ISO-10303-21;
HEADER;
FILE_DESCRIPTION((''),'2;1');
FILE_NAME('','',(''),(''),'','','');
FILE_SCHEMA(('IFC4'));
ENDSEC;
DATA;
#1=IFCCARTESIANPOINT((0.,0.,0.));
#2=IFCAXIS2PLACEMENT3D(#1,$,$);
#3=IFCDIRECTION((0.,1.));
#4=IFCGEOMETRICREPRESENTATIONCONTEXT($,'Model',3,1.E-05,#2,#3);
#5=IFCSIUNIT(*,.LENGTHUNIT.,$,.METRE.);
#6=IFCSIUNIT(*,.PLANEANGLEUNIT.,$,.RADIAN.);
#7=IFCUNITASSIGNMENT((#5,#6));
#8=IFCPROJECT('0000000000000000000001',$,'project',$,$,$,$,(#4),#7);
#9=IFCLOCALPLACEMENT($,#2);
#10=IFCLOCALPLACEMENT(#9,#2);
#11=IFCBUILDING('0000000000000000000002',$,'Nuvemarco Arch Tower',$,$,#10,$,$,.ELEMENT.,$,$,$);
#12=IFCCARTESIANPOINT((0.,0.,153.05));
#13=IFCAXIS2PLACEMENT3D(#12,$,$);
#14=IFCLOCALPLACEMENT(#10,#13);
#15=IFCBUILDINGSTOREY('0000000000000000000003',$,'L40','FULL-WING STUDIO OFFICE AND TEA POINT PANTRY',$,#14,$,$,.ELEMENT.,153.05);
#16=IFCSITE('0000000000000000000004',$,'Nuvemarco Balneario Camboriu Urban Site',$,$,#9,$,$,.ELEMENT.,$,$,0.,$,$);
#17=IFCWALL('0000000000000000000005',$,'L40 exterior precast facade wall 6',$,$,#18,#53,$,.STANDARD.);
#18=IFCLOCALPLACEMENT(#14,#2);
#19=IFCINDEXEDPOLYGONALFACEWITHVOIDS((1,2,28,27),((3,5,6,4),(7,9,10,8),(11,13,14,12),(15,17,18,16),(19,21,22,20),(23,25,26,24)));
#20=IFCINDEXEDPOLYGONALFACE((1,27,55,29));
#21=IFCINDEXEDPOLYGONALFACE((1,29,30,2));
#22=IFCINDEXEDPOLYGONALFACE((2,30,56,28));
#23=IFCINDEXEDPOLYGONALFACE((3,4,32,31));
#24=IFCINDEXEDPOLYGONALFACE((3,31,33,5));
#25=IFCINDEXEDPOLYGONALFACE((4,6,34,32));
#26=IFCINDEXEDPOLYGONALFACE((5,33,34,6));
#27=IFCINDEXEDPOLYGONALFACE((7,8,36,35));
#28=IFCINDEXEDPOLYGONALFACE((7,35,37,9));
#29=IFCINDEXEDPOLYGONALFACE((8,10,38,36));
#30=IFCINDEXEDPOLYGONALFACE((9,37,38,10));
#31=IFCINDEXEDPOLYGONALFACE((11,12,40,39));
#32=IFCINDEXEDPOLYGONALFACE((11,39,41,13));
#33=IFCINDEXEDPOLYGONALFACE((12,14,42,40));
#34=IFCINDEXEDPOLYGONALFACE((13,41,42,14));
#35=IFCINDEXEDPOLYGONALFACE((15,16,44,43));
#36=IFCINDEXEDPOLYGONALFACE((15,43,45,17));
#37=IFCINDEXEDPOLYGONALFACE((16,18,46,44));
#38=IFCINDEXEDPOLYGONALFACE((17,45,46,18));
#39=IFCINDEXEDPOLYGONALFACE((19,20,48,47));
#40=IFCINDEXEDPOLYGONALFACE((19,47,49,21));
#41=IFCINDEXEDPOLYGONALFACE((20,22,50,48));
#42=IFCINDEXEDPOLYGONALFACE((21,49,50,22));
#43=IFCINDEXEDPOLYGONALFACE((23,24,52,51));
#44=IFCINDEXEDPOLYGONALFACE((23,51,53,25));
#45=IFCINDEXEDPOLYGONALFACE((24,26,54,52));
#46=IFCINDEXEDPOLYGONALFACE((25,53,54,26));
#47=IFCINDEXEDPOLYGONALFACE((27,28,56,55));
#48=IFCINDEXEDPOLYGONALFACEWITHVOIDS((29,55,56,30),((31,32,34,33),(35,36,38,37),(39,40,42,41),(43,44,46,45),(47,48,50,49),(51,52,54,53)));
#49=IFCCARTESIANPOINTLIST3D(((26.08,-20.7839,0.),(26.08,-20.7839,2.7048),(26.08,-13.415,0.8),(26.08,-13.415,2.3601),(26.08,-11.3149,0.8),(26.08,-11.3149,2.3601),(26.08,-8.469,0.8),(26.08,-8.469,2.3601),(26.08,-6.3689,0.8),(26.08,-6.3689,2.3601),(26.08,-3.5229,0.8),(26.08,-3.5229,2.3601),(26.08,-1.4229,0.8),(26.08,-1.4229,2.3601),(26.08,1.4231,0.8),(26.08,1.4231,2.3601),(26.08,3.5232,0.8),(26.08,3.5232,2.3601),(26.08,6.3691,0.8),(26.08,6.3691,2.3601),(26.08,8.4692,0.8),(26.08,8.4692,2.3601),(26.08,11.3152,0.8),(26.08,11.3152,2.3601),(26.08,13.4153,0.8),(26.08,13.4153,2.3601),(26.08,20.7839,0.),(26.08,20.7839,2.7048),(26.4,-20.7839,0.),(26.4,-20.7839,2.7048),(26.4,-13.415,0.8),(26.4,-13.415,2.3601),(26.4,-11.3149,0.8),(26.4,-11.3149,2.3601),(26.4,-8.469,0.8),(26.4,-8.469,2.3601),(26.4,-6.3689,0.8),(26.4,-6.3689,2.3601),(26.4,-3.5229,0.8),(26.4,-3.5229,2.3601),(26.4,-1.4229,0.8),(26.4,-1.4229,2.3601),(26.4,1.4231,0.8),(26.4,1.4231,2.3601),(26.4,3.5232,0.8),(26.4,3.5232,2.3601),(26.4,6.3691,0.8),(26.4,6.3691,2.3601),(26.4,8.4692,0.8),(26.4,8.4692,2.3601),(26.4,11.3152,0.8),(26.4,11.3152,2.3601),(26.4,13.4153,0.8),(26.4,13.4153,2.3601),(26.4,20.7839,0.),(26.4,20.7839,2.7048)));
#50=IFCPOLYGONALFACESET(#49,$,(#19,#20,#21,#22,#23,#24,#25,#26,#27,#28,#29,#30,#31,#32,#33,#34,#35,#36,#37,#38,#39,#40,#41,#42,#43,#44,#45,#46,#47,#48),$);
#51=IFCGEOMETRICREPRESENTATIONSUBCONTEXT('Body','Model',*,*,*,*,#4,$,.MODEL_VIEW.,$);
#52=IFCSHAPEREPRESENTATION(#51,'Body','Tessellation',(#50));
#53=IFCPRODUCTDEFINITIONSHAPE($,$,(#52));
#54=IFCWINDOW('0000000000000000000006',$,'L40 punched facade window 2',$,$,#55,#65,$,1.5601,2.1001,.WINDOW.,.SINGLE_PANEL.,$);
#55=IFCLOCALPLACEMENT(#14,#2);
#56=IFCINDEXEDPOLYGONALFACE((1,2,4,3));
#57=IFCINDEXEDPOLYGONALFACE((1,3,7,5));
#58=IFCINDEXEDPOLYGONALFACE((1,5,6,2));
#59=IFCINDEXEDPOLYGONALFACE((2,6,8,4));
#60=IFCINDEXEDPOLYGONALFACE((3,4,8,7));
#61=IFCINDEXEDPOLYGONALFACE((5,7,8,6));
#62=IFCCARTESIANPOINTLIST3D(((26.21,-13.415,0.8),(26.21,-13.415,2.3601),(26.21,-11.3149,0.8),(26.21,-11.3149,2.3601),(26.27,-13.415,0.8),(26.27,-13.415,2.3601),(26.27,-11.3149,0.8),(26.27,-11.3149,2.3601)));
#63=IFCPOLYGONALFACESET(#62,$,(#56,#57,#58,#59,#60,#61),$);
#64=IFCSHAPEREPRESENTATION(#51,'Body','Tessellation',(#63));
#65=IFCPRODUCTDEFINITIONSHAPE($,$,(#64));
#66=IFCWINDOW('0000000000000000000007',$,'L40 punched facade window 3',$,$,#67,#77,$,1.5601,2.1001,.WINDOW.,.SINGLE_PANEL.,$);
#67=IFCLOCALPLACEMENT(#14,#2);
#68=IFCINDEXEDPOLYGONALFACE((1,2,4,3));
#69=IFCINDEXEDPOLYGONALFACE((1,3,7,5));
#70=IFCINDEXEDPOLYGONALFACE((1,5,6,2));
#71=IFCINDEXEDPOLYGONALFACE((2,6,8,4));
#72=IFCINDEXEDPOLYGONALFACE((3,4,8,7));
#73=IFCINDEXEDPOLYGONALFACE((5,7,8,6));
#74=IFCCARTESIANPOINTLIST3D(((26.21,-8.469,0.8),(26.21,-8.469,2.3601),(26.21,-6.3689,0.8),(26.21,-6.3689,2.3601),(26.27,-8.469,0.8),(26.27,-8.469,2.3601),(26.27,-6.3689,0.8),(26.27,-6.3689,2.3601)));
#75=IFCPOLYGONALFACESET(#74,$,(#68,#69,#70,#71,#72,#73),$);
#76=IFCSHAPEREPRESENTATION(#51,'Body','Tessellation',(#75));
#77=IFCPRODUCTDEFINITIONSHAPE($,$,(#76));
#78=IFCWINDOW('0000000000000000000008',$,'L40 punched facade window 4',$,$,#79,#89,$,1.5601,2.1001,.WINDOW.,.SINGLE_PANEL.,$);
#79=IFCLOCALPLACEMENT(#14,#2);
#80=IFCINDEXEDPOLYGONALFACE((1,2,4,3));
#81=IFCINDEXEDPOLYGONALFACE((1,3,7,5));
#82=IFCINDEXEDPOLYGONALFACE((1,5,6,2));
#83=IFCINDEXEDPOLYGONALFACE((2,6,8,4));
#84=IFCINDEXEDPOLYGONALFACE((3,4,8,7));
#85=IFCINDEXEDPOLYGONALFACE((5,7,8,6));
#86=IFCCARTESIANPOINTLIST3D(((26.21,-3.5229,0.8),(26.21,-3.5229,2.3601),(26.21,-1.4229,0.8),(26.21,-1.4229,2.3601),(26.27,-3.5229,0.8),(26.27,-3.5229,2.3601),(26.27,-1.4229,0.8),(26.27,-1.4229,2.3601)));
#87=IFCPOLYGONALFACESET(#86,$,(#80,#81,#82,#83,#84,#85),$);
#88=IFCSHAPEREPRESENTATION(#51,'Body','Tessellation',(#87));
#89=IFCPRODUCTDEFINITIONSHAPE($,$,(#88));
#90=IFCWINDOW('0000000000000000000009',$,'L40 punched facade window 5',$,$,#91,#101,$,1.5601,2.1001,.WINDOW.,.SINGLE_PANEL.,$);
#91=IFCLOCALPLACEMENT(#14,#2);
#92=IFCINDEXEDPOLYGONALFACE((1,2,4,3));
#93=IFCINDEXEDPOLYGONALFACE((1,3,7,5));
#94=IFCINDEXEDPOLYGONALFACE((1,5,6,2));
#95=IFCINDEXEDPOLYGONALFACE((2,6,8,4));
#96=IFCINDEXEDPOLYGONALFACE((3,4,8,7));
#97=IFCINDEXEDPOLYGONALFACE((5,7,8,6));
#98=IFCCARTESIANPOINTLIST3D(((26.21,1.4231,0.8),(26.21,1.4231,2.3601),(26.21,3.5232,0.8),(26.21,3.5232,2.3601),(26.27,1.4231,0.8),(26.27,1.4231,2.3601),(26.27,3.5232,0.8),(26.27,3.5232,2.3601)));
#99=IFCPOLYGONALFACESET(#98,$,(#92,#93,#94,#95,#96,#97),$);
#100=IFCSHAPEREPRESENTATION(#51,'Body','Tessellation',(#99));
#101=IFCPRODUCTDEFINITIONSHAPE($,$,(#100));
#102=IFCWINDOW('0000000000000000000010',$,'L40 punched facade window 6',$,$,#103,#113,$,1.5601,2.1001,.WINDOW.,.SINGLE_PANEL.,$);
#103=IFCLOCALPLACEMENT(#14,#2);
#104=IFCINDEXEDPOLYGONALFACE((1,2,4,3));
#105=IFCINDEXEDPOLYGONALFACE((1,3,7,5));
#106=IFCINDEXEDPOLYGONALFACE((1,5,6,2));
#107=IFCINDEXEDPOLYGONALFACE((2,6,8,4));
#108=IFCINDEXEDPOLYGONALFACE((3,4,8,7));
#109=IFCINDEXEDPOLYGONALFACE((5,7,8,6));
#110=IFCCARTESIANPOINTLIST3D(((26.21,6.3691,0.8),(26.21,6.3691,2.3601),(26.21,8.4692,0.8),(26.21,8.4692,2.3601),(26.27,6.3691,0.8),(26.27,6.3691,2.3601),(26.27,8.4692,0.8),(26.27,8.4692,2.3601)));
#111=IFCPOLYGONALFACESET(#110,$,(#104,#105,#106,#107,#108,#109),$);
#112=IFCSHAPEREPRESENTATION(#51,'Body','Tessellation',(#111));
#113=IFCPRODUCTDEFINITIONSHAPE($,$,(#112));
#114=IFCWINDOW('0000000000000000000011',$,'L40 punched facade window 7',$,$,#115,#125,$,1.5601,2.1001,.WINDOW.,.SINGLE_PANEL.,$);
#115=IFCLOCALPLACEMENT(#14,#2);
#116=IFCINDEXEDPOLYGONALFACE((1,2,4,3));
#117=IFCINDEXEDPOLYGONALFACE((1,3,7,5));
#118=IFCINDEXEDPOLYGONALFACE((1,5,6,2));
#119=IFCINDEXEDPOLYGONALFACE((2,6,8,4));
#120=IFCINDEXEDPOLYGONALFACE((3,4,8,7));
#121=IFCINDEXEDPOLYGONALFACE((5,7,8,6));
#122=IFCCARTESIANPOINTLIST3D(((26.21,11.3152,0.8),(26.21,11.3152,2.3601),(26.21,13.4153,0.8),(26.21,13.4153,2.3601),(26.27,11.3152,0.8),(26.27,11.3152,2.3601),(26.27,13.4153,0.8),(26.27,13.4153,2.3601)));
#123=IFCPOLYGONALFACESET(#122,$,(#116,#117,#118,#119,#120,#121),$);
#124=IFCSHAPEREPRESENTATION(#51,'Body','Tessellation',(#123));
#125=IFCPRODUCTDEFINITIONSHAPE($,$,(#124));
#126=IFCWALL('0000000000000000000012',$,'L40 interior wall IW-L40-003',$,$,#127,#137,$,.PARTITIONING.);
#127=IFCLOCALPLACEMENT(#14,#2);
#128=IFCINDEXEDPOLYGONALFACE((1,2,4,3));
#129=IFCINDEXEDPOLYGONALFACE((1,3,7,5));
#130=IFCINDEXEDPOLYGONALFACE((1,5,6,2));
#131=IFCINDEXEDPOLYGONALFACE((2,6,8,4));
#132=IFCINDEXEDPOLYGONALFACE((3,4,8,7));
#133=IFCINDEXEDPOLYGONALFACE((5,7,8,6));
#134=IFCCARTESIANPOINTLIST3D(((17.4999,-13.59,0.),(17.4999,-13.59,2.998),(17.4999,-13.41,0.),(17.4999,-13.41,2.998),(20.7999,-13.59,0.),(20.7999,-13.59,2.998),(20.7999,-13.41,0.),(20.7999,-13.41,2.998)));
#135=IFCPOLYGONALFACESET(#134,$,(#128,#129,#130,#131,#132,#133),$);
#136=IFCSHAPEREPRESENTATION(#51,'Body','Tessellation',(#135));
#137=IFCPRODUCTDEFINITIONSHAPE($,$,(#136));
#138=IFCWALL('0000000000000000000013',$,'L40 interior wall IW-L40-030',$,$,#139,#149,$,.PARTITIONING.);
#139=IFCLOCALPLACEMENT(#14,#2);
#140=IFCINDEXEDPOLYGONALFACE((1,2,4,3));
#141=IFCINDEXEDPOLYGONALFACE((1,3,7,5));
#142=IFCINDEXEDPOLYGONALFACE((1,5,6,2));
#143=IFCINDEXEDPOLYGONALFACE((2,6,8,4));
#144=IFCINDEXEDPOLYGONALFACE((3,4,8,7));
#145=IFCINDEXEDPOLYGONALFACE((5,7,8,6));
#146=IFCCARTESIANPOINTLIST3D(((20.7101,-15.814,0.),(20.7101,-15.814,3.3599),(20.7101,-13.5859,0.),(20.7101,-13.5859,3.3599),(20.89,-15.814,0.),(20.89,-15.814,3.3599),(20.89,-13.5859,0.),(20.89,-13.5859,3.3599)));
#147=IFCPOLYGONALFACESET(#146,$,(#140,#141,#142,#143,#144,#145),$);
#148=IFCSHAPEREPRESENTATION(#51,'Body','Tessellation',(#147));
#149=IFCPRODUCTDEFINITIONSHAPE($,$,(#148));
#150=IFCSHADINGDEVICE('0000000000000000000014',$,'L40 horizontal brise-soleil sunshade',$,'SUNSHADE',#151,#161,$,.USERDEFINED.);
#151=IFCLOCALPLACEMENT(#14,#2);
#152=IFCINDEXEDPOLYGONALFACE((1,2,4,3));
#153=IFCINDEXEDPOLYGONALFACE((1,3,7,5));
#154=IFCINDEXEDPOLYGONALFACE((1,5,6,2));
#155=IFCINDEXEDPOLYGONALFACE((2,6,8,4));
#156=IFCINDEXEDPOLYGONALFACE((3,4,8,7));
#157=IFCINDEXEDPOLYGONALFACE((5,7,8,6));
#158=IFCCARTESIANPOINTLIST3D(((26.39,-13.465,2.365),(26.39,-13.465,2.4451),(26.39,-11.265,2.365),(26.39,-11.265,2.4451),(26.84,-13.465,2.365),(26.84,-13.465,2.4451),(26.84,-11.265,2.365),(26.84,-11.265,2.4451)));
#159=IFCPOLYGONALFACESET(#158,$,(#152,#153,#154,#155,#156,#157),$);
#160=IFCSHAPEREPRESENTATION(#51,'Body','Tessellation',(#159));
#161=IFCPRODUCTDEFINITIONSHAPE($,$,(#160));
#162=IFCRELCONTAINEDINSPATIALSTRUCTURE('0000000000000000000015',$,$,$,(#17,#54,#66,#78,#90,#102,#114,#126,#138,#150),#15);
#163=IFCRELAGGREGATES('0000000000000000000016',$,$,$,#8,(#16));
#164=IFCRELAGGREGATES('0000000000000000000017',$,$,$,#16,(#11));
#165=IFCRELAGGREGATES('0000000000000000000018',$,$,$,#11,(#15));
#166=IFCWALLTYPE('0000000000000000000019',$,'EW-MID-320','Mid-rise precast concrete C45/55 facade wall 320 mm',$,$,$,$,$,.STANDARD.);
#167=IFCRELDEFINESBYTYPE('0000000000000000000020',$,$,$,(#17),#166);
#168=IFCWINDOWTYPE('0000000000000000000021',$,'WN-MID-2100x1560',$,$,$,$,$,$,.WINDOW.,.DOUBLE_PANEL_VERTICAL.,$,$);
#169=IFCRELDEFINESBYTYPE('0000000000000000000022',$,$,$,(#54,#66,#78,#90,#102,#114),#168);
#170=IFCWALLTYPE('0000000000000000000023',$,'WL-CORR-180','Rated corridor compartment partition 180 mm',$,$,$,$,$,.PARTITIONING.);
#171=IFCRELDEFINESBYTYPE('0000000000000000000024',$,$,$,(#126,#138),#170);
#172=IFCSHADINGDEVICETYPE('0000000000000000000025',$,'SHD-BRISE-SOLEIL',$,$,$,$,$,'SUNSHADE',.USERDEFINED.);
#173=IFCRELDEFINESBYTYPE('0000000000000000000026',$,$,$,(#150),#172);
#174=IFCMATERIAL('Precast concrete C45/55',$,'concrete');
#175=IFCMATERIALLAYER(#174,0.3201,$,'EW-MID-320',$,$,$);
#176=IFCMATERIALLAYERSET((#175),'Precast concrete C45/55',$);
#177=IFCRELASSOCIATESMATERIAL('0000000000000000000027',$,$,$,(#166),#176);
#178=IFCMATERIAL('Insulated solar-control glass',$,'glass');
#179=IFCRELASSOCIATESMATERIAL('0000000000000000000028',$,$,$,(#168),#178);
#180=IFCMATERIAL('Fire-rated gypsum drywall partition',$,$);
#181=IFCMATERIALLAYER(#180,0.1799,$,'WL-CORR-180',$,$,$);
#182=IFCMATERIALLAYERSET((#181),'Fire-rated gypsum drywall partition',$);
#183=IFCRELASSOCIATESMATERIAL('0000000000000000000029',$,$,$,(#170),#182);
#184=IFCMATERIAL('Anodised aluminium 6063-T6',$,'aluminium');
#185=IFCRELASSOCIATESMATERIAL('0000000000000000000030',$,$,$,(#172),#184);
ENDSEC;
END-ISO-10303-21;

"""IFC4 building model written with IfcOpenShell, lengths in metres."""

from ifc_helpers import new_model, si_unit, direction, frame, frame_2d, origin, origin_2d, place, context, subcontext, project, spatial, rectangle, extrude, source, transform, mapped, material, layer, layer_set, type_object, type_shapes, element, fill, save


model = new_model("IFC4")

# Units and contexts
model_context = context("Model", 3, precision=1e-05, world=origin(), true_north=direction((0.0, 1.0)))
body_context = subcontext(model_context, "Body", "Model", "MODEL_VIEW")
ifc_project = project(units=[si_unit("LENGTHUNIT", "METRE"), si_unit("PLANEANGLEUNIT", "RADIAN")], contexts=[model_context])

# Site, building, storey
site_placement = place(None, origin())
site = spatial("IfcSite", under=ifc_project, at=site_placement, Name="Nuvemarco Balneario Camboriu Urban Site", CompositionType="ELEMENT", RefElevation=0.0)
building_placement = place(site_placement, origin())
building = spatial("IfcBuilding", under=site, at=building_placement, Name="Nuvemarco Arch Tower", CompositionType="ELEMENT")
storey_placement = place(building_placement, frame((0.0, 0.0, 153.05)))
storey = spatial("IfcBuildingStorey", under=building, at=storey_placement, Name="L40", Description="FULL-WING STUDIO OFFICE AND TEA POINT PANTRY", CompositionType="ELEMENT", Elevation=153.05)

# Shared definitions
ifc_material_1 = material(Name="Precast concrete C45/55", Category="concrete")

# Shared definitions
ifc_layer_1 = layer(ifc_material_1, 0.3201, Name="EW-MID-320")
ifc_layer_set_1 = layer_set([ifc_layer_1], Name="Precast concrete C45/55")
wall_type_1 = type_object("IfcWallType", Name="EW-MID-320", Description="Mid-rise precast concrete C45/55 facade wall 320 mm", PredefinedType="STANDARD", material=ifc_layer_set_1)

# Wall, openings, windows
wall_1_placement = place(storey_placement, frame((26.24, -20.7839, 0.0), z_axis=(0.0, 0.0, 1.0), x_axis=(0.0, 1.0, 0.0)))
wall_1 = element("IfcWall", 1, at=wall_1_placement, inside=storey, type_object=wall_type_1, Name="L40 exterior precast facade wall 6", PredefinedType="STANDARD", context=body_context, shape_type="SweptSolid", body=[
    extrude(rectangle(XDim=41.5679, YDim=0.3201, at=frame_2d((20.7839, 0.0))), origin(), (0.0, 0.0, 1.0), 2.7048),
])
opening_1_placement = place(wall_1_placement, frame((7.3689, 0.0, 0.8)))
opening_1 = element("IfcOpeningElement", 2, at=opening_1_placement, cuts=wall_1, PredefinedType="OPENING", context=body_context, shape_type="SweptSolid", body=[
    extrude(rectangle(XDim=2.1001, YDim=1.5601, at=frame_2d((1.05, 0.78))), frame((0.0, 0.1699, 0.0), z_axis=(0.0, -1.0, 0.0), x_axis=(1.0, 0.0, 0.0)), (0.0, 0.0, 1.0), 0.3401),
])
opening_2_placement = place(wall_1_placement, frame((12.3149, 0.0, 0.8)))
opening_2 = element("IfcOpeningElement", 3, at=opening_2_placement, cuts=wall_1, PredefinedType="OPENING", context=body_context, shape_type="SweptSolid", body=[
    extrude(rectangle(XDim=2.1001, YDim=1.5601, at=frame_2d((1.05, 0.78))), frame((0.0, 0.1699, 0.0), z_axis=(0.0, -1.0, 0.0), x_axis=(1.0, 0.0, 0.0)), (0.0, 0.0, 1.0), 0.3401),
])
opening_3_placement = place(wall_1_placement, frame((17.261, 0.0, 0.8)))
opening_3 = element("IfcOpeningElement", 4, at=opening_3_placement, cuts=wall_1, PredefinedType="OPENING", context=body_context, shape_type="SweptSolid", body=[
    extrude(rectangle(XDim=2.1001, YDim=1.5601, at=frame_2d((1.05, 0.78))), frame((0.0, 0.1699, 0.0), z_axis=(0.0, -1.0, 0.0), x_axis=(1.0, 0.0, 0.0)), (0.0, 0.0, 1.0), 0.3401),
])
opening_4_placement = place(wall_1_placement, frame((22.207, 0.0, 0.8)))
opening_4 = element("IfcOpeningElement", 5, at=opening_4_placement, cuts=wall_1, PredefinedType="OPENING", context=body_context, shape_type="SweptSolid", body=[
    extrude(rectangle(XDim=2.1001, YDim=1.5601, at=frame_2d((1.05, 0.78))), frame((0.0, 0.1699, 0.0), z_axis=(0.0, -1.0, 0.0), x_axis=(1.0, 0.0, 0.0)), (0.0, 0.0, 1.0), 0.3401),
])
opening_5_placement = place(wall_1_placement, frame((27.1531, 0.0, 0.8)))
opening_5 = element("IfcOpeningElement", 6, at=opening_5_placement, cuts=wall_1, PredefinedType="OPENING", context=body_context, shape_type="SweptSolid", body=[
    extrude(rectangle(XDim=2.1001, YDim=1.5601, at=frame_2d((1.05, 0.78))), frame((0.0, 0.1699, 0.0), z_axis=(0.0, -1.0, 0.0), x_axis=(1.0, 0.0, 0.0)), (0.0, 0.0, 1.0), 0.3401),
])
opening_6_placement = place(wall_1_placement, frame((32.0991, 0.0, 0.8)))
opening_6 = element("IfcOpeningElement", 7, at=opening_6_placement, cuts=wall_1, PredefinedType="OPENING", context=body_context, shape_type="SweptSolid", body=[
    extrude(rectangle(XDim=2.1001, YDim=1.5601, at=frame_2d((1.05, 0.78))), frame((0.0, 0.1699, 0.0), z_axis=(0.0, -1.0, 0.0), x_axis=(1.0, 0.0, 0.0)), (0.0, 0.0, 1.0), 0.3401),
])
ifc_material_2 = material(Name="Insulated solar-control glass", Category="glass")
window_type = type_object("IfcWindowType", Name="WN-MID-2100x1560", PartitioningType="DOUBLE_PANEL_VERTICAL", PredefinedType="WINDOW", material=ifc_material_2)
shared_shape_1 = source(origin(), body_context, "Body", "SweptSolid", [
    extrude(rectangle(XDim=2.1001, YDim=1.5601, at=frame_2d((1.05, 0.78))), frame((0.0, 0.03, 0.0), z_axis=(0.0, -1.0, 0.0), x_axis=(1.0, 0.0, 0.0)), (0.0, 0.0, 1.0), 0.0601),
])
type_shapes(window_type, [shared_shape_1])
window_1_placement = place(opening_1_placement, origin())
window_1 = element("IfcWindow", 8, at=window_1_placement, inside=storey, type_object=window_type, Name="L40 punched facade window 2", OverallHeight=1.5601, OverallWidth=2.1001, PartitioningType="SINGLE_PANEL", PredefinedType="WINDOW", context=body_context, shape_type="MappedRepresentation", body=[
    mapped(shared_shape_1, transform((0.0, 0.0, 0.0), scale=1.0)),
])
fill(opening_1, window_1)
window_2_placement = place(opening_2_placement, origin())
window_2 = element("IfcWindow", 9, at=window_2_placement, inside=storey, type_object=window_type, Name="L40 punched facade window 3", OverallHeight=1.5601, OverallWidth=2.1001, PartitioningType="SINGLE_PANEL", PredefinedType="WINDOW", context=body_context, shape_type="MappedRepresentation", body=[
    mapped(shared_shape_1, transform((0.0, 0.0, 0.0), scale=1.0)),
])
fill(opening_2, window_2)
window_3_placement = place(opening_3_placement, origin())
window_3 = element("IfcWindow", 10, at=window_3_placement, inside=storey, type_object=window_type, Name="L40 punched facade window 4", OverallHeight=1.5601, OverallWidth=2.1001, PartitioningType="SINGLE_PANEL", PredefinedType="WINDOW", context=body_context, shape_type="MappedRepresentation", body=[
    mapped(shared_shape_1, transform((0.0, 0.0, 0.0), scale=1.0)),
])
fill(opening_3, window_3)
window_4_placement = place(opening_4_placement, origin())
window_4 = element("IfcWindow", 11, at=window_4_placement, inside=storey, type_object=window_type, Name="L40 punched facade window 5", OverallHeight=1.5601, OverallWidth=2.1001, PartitioningType="SINGLE_PANEL", PredefinedType="WINDOW", context=body_context, shape_type="MappedRepresentation", body=[
    mapped(shared_shape_1, transform((0.0, 0.0, 0.0), scale=1.0)),
])
fill(opening_4, window_4)
window_5_placement = place(opening_5_placement, origin())
window_5 = element("IfcWindow", 12, at=window_5_placement, inside=storey, type_object=window_type, Name="L40 punched facade window 6", OverallHeight=1.5601, OverallWidth=2.1001, PartitioningType="SINGLE_PANEL", PredefinedType="WINDOW", context=body_context, shape_type="MappedRepresentation", body=[
    mapped(shared_shape_1, transform((0.0, 0.0, 0.0), scale=1.0)),
])
fill(opening_5, window_5)
window_6_placement = place(opening_6_placement, origin())
window_6 = element("IfcWindow", 13, at=window_6_placement, inside=storey, type_object=window_type, Name="L40 punched facade window 7", OverallHeight=1.5601, OverallWidth=2.1001, PartitioningType="SINGLE_PANEL", PredefinedType="WINDOW", context=body_context, shape_type="MappedRepresentation", body=[
    mapped(shared_shape_1, transform((0.0, 0.0, 0.0), scale=1.0)),
])
fill(opening_6, window_6)

# Walls
ifc_material_3 = material(Name="Fire-rated gypsum drywall partition")
ifc_layer_2 = layer(ifc_material_3, 0.1799, Name="WL-CORR-180")
ifc_layer_set_2 = layer_set([ifc_layer_2], Name="Fire-rated gypsum drywall partition")
wall_type_2 = type_object("IfcWallType", Name="WL-CORR-180", Description="Rated corridor compartment partition 180 mm", PredefinedType="PARTITIONING", material=ifc_layer_set_2)
wall_2_placement = place(storey_placement, frame((17.5, -13.5, 0.0), z_axis=(0.0, 0.0, 1.0), x_axis=(1.0, 0.0, 0.0)))
element("IfcWall", 14, at=wall_2_placement, inside=storey, type_object=wall_type_2, Name="L40 interior wall IW-L40-003", PredefinedType="PARTITIONING", context=body_context, shape_type="SweptSolid", body=[
    extrude(rectangle(XDim=3.3, YDim=0.1799, at=frame_2d((1.6499, 0.0))), origin(), (0.0, 0.0, 1.0), 2.998),
])
wall_3_placement = place(storey_placement, frame((20.8, -15.814, 0.0), z_axis=(0.0, 0.0, 1.0), x_axis=(0.0, 1.0, 0.0)))
element("IfcWall", 15, at=wall_3_placement, inside=storey, type_object=wall_type_2, Name="L40 interior wall IW-L40-030", PredefinedType="PARTITIONING", context=body_context, shape_type="SweptSolid", body=[
    extrude(rectangle(XDim=2.228, YDim=0.1799, at=frame_2d((1.114, 0.0))), origin(), (0.0, 0.0, 1.0), 3.3599),
])

# Shading device
ifc_material_4 = material(Name="Anodised aluminium 6063-T6", Category="aluminium")
shading_device_type_1 = type_object("IfcShadingDeviceType", Name="SHD-BRISE-SOLEIL", ElementType="SUNSHADE", PredefinedType="USERDEFINED", material=ifc_material_4)
shared_shape_2 = source(origin(), body_context, "Body", "SweptSolid", [
    extrude(rectangle(XDim=2.2, YDim=0.45, at=origin_2d()), origin(), (0.0, 0.0, 1.0), 0.0801),
])
type_shapes(shading_device_type_1, [shared_shape_2])
shading_device_placement = place(storey_placement, frame((26.615, -12.365, 2.365), z_axis=(0.0, 0.0, 1.0), x_axis=(0.0, 1.0, 0.0)))
element("IfcShadingDevice", 16, at=shading_device_placement, inside=storey, type_object=shading_device_type_1, Name="L40 horizontal brise-soleil sunshade", ObjectType="SUNSHADE", PredefinedType="USERDEFINED", context=body_context, shape_type="MappedRepresentation", body=[
    mapped(shared_shape_2, transform((0.0, 0.0, 0.0), scale=1.0)),
])

save(model, "model.ifc")
